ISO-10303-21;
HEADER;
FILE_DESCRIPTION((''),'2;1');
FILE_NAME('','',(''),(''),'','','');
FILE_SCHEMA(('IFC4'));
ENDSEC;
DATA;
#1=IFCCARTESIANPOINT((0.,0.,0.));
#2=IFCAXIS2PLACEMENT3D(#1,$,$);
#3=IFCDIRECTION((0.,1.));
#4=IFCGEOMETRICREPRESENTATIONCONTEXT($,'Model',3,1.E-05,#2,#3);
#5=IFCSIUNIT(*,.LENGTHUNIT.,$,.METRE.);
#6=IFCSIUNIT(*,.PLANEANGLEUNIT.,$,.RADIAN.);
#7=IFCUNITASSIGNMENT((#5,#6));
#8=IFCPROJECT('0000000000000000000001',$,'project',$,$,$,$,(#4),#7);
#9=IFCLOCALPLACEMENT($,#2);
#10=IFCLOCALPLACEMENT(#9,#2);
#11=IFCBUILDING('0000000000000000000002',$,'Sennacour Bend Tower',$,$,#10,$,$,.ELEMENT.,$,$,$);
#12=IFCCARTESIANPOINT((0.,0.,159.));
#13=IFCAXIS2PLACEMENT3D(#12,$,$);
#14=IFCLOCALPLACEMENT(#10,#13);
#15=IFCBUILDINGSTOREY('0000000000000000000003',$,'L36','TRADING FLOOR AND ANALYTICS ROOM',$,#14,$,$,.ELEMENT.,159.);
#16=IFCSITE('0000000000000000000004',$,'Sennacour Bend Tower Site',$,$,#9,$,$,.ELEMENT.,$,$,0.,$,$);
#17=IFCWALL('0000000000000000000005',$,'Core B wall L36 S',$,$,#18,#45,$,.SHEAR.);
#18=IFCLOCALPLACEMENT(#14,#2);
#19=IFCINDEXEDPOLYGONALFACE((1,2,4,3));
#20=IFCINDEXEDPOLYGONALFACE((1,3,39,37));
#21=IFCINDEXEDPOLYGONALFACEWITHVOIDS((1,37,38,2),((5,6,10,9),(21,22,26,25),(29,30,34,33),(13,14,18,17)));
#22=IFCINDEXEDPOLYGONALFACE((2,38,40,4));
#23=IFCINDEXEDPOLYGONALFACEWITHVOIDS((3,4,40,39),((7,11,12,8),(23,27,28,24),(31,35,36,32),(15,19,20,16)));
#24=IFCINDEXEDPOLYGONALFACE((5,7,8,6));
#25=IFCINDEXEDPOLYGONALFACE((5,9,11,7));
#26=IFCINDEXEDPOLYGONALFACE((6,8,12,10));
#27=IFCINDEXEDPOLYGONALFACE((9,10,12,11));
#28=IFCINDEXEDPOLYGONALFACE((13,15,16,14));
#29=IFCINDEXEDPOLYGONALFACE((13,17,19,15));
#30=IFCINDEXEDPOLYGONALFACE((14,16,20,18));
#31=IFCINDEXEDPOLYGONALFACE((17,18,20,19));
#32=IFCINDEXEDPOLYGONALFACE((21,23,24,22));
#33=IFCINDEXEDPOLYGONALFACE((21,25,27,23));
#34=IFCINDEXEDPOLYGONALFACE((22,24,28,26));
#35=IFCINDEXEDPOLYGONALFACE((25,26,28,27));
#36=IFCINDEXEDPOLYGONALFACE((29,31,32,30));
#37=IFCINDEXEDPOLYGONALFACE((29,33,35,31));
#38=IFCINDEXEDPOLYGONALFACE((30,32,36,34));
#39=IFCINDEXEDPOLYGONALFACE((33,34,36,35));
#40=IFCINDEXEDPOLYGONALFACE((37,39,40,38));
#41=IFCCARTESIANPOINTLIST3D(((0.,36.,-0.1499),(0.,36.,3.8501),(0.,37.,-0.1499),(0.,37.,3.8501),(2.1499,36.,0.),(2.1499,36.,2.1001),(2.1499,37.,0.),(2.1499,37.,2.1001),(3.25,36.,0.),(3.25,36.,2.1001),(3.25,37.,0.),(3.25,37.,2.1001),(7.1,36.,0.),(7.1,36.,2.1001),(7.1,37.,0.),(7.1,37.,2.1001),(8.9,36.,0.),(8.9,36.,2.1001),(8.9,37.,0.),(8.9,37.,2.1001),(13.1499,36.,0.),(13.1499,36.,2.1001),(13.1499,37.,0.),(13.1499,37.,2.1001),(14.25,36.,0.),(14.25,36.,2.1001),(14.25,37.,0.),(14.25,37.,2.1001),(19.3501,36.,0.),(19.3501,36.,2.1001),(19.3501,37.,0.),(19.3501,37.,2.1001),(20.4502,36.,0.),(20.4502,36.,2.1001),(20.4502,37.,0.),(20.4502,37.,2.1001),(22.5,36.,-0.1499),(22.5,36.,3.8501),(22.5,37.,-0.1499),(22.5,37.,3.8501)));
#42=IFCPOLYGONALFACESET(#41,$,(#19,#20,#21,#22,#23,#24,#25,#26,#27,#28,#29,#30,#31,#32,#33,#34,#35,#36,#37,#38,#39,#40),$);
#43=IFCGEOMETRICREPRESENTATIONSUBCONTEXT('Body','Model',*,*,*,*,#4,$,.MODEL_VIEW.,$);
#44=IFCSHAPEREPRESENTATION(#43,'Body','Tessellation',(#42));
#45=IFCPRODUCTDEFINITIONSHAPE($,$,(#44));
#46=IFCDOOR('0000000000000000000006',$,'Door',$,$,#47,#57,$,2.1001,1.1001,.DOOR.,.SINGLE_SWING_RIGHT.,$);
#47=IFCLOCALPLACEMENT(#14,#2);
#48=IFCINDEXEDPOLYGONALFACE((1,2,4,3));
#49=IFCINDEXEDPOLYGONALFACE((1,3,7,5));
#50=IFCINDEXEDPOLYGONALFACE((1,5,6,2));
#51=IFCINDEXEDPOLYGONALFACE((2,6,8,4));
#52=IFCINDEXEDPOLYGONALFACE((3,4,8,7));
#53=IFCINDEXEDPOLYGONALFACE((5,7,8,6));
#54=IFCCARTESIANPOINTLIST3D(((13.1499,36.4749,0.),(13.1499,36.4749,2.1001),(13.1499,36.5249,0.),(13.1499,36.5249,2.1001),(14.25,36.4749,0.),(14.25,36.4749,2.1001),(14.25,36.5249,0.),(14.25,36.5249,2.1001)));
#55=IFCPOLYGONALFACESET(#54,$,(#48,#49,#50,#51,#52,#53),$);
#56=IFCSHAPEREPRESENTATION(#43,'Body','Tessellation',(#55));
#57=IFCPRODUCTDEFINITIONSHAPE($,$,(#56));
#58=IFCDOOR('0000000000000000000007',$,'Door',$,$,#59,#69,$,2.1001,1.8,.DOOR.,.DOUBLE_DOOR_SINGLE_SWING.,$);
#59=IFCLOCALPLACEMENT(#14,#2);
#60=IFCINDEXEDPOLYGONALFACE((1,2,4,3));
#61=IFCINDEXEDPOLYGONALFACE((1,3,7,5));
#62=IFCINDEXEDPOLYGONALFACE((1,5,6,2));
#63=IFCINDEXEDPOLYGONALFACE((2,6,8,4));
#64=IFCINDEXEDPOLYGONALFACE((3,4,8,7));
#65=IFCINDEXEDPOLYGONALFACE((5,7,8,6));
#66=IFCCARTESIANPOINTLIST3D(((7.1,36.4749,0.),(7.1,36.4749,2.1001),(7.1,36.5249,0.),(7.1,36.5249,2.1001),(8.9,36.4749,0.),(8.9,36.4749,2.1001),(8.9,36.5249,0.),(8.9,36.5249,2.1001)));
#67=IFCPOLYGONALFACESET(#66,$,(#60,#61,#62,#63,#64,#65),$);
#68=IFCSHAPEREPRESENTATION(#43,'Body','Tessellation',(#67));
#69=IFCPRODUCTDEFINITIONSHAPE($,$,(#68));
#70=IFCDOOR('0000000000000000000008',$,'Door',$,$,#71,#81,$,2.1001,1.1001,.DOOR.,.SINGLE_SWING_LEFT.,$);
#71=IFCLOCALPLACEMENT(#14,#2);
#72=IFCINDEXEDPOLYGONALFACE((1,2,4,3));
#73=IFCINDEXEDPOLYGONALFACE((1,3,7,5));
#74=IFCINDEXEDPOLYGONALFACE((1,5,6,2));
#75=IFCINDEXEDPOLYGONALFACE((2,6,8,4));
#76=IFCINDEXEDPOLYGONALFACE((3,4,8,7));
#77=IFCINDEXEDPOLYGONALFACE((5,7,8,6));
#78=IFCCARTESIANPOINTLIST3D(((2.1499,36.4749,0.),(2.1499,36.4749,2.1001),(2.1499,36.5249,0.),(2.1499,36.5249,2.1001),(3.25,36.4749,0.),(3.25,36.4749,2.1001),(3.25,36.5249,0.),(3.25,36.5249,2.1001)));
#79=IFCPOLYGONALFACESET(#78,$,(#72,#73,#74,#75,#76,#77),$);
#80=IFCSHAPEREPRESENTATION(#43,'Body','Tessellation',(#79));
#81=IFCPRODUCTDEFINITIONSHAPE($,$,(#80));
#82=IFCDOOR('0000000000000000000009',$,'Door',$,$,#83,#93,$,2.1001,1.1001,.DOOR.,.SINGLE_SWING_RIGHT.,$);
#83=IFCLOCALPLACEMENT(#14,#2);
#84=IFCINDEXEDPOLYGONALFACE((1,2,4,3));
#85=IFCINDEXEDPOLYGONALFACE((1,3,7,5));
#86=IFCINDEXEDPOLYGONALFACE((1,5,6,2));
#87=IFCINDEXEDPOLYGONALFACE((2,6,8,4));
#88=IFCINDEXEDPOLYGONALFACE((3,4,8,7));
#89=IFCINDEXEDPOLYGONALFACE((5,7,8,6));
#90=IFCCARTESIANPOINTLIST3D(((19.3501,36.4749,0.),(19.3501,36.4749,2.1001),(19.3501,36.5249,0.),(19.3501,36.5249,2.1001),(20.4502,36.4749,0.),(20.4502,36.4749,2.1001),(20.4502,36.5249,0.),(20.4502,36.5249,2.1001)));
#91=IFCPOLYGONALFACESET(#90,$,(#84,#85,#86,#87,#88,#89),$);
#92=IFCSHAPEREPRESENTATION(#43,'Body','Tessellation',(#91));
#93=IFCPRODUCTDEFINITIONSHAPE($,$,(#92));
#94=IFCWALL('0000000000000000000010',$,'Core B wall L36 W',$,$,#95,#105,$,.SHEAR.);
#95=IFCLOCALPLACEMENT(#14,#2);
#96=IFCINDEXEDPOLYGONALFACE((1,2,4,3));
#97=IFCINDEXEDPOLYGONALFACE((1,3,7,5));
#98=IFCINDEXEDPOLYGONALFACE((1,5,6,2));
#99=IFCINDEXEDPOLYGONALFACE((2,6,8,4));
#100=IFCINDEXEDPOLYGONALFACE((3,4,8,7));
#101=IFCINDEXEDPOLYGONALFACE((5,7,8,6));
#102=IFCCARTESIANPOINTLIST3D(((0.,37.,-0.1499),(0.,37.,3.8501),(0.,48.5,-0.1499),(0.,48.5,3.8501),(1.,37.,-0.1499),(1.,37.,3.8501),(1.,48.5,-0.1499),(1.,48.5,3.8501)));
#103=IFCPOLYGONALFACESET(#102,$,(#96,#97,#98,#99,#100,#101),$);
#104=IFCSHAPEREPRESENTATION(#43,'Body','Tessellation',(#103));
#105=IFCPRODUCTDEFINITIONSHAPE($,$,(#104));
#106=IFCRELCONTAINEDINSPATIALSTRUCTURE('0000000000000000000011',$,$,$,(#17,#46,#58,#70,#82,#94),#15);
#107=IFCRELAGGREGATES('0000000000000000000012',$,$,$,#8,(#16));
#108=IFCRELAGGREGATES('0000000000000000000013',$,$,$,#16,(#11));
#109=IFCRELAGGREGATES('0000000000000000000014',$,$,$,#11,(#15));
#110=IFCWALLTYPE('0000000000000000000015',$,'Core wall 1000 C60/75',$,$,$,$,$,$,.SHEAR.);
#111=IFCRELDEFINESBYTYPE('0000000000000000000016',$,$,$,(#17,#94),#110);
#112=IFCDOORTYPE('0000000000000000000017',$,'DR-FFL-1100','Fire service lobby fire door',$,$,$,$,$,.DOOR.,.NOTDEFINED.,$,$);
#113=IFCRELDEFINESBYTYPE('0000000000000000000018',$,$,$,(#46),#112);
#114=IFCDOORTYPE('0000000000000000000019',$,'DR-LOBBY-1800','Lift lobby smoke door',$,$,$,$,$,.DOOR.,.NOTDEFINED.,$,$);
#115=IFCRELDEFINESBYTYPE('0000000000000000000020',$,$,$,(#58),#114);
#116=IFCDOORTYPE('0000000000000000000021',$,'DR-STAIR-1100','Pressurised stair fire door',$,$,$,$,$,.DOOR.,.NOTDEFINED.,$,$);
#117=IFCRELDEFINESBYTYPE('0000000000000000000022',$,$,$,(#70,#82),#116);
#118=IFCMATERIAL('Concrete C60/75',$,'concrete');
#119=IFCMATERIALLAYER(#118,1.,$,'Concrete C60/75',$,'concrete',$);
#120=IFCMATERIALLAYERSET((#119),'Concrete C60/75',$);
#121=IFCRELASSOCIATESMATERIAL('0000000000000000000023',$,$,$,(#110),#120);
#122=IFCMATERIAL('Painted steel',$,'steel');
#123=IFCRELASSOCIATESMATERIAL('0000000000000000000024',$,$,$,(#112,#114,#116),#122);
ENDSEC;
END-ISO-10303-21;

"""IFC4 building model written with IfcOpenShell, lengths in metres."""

from ifc_helpers import new_model, si_unit, direction, frame, frame_2d, origin, place, context, subcontext, project, spatial, rectangle, extrude, material, layer, layer_set, type_object, element, fill, save


model = new_model("IFC4")

# Units and contexts
model_context = context("Model", 3, precision=1e-05, world=origin(), true_north=direction((0.0, 1.0)))
body_context = subcontext(model_context, "Body", "Model", "MODEL_VIEW")
ifc_project = project(units=[si_unit("LENGTHUNIT", "METRE"), si_unit("PLANEANGLEUNIT", "RADIAN")], contexts=[model_context])

# Site, building, storey
site_placement = place(None, origin())
site = spatial("IfcSite", under=ifc_project, at=site_placement, Name="Sennacour Bend Tower Site", CompositionType="ELEMENT", RefElevation=0.0)
building_placement = place(site_placement, origin())
building = spatial("IfcBuilding", under=site, at=building_placement, Name="Sennacour Bend Tower", CompositionType="ELEMENT")
storey_placement = place(building_placement, frame((0.0, 0.0, 159.0)))
storey = spatial("IfcBuildingStorey", under=building, at=storey_placement, Name="L36", Description="TRADING FLOOR AND ANALYTICS ROOM", CompositionType="ELEMENT", Elevation=159.0)

# Wall, openings, doors
ifc_material_1 = material(Name="Concrete C60/75", Category="concrete")
ifc_layer_1 = layer(ifc_material_1, 1.0, Name="Concrete C60/75", Category="concrete")
ifc_layer_set_1 = layer_set([ifc_layer_1], Name="Concrete C60/75")
wall_type_1 = type_object("IfcWallType", Name="Core wall 1000 C60/75", PredefinedType="SHEAR", material=ifc_layer_set_1)
wall_1_placement = place(storey_placement, frame((0.0, 36.5, -0.1499), z_axis=(0.0, 0.0, 1.0), x_axis=(1.0, 0.0, 0.0)))
wall_1 = element("IfcWall", 1, at=wall_1_placement, inside=storey, type_object=wall_type_1, Name="Core B wall L36 S", PredefinedType="SHEAR", context=body_context, shape_type="SweptSolid", body=[
    extrude(rectangle(XDim=22.5, YDim=1.0, at=frame_2d((11.25, 0.0))), origin(), (0.0, 0.0, 1.0), 4.0),
])
opening_1_placement = place(wall_1_placement, frame((7.1001, 0.0, 0.1499)))
opening_1 = element("IfcOpeningElement", 2, at=opening_1_placement, cuts=wall_1, PredefinedType="OPENING", context=body_context, shape_type="SweptSolid", body=[
    extrude(rectangle(XDim=1.8, YDim=2.1001, at=frame_2d((0.8999, 1.05))), frame((0.0, 0.51, 0.0), z_axis=(0.0, -1.0, 0.0), x_axis=(1.0, 0.0, 0.0)), (0.0, 0.0, 1.0), 1.02),
])
opening_2_placement = place(wall_1_placement, frame((13.1499, 0.0, 0.1499)))
opening_2 = element("IfcOpeningElement", 3, at=opening_2_placement, cuts=wall_1, PredefinedType="OPENING", context=body_context, shape_type="SweptSolid", body=[
    extrude(rectangle(XDim=1.1001, YDim=2.1001, at=frame_2d((0.55, 1.05))), frame((0.0, 0.51, 0.0), z_axis=(0.0, -1.0, 0.0), x_axis=(1.0, 0.0, 0.0)), (0.0, 0.0, 1.0), 1.02),
])
opening_3_placement = place(wall_1_placement, frame((2.1499, 0.0, 0.1499)))
opening_3 = element("IfcOpeningElement", 4, at=opening_3_placement, cuts=wall_1, PredefinedType="OPENING", context=body_context, shape_type="SweptSolid", body=[
    extrude(rectangle(XDim=1.1001, YDim=2.1001, at=frame_2d((0.55, 1.05))), frame((0.0, 0.51, 0.0), z_axis=(0.0, -1.0, 0.0), x_axis=(1.0, 0.0, 0.0)), (0.0, 0.0, 1.0), 1.02),
])
opening_4_placement = place(wall_1_placement, frame((19.3501, 0.0, 0.1499)))
opening_4 = element("IfcOpeningElement", 5, at=opening_4_placement, cuts=wall_1, PredefinedType="OPENING", context=body_context, shape_type="SweptSolid", body=[
    extrude(rectangle(XDim=1.1001, YDim=2.1001, at=frame_2d((0.55, 1.05))), frame((0.0, 0.51, 0.0), z_axis=(0.0, -1.0, 0.0), x_axis=(1.0, 0.0, 0.0)), (0.0, 0.0, 1.0), 1.02),
])
ifc_material_2 = material(Name="Painted steel", Category="steel")
door_type_1 = type_object("IfcDoorType", Name="DR-FFL-1100", Description="Fire service lobby fire door", OperationType="NOTDEFINED", PredefinedType="DOOR", material=ifc_material_2)
door_1_placement = place(opening_2_placement, origin())
door_1 = element("IfcDoor", 6, at=door_1_placement, inside=storey, type_object=door_type_1, Name="Door", OperationType="SINGLE_SWING_RIGHT", OverallHeight=2.1001, OverallWidth=1.1001, PredefinedType="DOOR", context=body_context, shape_type="SweptSolid", body=[
    extrude(rectangle(XDim=1.1001, YDim=2.1001, at=frame_2d((0.55, 1.05))), frame((0.0, 0.0249, 0.0), z_axis=(0.0, -1.0, 0.0), x_axis=(1.0, 0.0, 0.0)), (0.0, 0.0, 1.0), 0.05),
])
fill(opening_2, door_1)
door_type_2 = type_object("IfcDoorType", Name="DR-LOBBY-1800", Description="Lift lobby smoke door", OperationType="NOTDEFINED", PredefinedType="DOOR", material=ifc_material_2)
door_2_placement = place(opening_1_placement, origin())
door_2 = element("IfcDoor", 7, at=door_2_placement, inside=storey, type_object=door_type_2, Name="Door", OperationType="DOUBLE_DOOR_SINGLE_SWING", OverallHeight=2.1001, OverallWidth=1.8, PredefinedType="DOOR", context=body_context, shape_type="SweptSolid", body=[
    extrude(rectangle(XDim=1.8, YDim=2.1001, at=frame_2d((0.8999, 1.05))), frame((0.0, 0.0249, 0.0), z_axis=(0.0, -1.0, 0.0), x_axis=(1.0, 0.0, 0.0)), (0.0, 0.0, 1.0), 0.05),
])
fill(opening_1, door_2)
door_type_3 = type_object("IfcDoorType", Name="DR-STAIR-1100", Description="Pressurised stair fire door", OperationType="NOTDEFINED", PredefinedType="DOOR", material=ifc_material_2)
door_3_placement = place(opening_3_placement, origin())
door_3 = element("IfcDoor", 8, at=door_3_placement, inside=storey, type_object=door_type_3, Name="Door", OperationType="SINGLE_SWING_LEFT", OverallHeight=2.1001, OverallWidth=1.1001, PredefinedType="DOOR", context=body_context, shape_type="SweptSolid", body=[
    extrude(rectangle(XDim=1.1001, YDim=2.1001, at=frame_2d((0.55, 1.05))), frame((0.0, 0.0249, 0.0), z_axis=(0.0, -1.0, 0.0), x_axis=(1.0, 0.0, 0.0)), (0.0, 0.0, 1.0), 0.05),
])
fill(opening_3, door_3)
door_4_placement = place(opening_4_placement, origin())
door_4 = element("IfcDoor", 9, at=door_4_placement, inside=storey, type_object=door_type_3, Name="Door", OperationType="SINGLE_SWING_RIGHT", OverallHeight=2.1001, OverallWidth=1.1001, PredefinedType="DOOR", context=body_context, shape_type="SweptSolid", body=[
    extrude(rectangle(XDim=1.1001, YDim=2.1001, at=frame_2d((0.55, 1.05))), frame((0.0, 0.0249, 0.0), z_axis=(0.0, -1.0, 0.0), x_axis=(1.0, 0.0, 0.0)), (0.0, 0.0, 1.0), 0.05),
])
fill(opening_4, door_4)

# Wall
wall_2_placement = place(storey_placement, frame((0.5, 37.0, -0.1499), z_axis=(0.0, 0.0, 1.0), x_axis=(0.0, 1.0, 0.0)))
element("IfcWall", 10, at=wall_2_placement, inside=storey, type_object=wall_type_1, Name="Core B wall L36 W", PredefinedType="SHEAR", context=body_context, shape_type="SweptSolid", body=[
    extrude(rectangle(XDim=11.5, YDim=1.0, at=frame_2d((5.75, 0.0))), origin(), (0.0, 0.0, 1.0), 4.0),
])

save(model, "model.ifc")
